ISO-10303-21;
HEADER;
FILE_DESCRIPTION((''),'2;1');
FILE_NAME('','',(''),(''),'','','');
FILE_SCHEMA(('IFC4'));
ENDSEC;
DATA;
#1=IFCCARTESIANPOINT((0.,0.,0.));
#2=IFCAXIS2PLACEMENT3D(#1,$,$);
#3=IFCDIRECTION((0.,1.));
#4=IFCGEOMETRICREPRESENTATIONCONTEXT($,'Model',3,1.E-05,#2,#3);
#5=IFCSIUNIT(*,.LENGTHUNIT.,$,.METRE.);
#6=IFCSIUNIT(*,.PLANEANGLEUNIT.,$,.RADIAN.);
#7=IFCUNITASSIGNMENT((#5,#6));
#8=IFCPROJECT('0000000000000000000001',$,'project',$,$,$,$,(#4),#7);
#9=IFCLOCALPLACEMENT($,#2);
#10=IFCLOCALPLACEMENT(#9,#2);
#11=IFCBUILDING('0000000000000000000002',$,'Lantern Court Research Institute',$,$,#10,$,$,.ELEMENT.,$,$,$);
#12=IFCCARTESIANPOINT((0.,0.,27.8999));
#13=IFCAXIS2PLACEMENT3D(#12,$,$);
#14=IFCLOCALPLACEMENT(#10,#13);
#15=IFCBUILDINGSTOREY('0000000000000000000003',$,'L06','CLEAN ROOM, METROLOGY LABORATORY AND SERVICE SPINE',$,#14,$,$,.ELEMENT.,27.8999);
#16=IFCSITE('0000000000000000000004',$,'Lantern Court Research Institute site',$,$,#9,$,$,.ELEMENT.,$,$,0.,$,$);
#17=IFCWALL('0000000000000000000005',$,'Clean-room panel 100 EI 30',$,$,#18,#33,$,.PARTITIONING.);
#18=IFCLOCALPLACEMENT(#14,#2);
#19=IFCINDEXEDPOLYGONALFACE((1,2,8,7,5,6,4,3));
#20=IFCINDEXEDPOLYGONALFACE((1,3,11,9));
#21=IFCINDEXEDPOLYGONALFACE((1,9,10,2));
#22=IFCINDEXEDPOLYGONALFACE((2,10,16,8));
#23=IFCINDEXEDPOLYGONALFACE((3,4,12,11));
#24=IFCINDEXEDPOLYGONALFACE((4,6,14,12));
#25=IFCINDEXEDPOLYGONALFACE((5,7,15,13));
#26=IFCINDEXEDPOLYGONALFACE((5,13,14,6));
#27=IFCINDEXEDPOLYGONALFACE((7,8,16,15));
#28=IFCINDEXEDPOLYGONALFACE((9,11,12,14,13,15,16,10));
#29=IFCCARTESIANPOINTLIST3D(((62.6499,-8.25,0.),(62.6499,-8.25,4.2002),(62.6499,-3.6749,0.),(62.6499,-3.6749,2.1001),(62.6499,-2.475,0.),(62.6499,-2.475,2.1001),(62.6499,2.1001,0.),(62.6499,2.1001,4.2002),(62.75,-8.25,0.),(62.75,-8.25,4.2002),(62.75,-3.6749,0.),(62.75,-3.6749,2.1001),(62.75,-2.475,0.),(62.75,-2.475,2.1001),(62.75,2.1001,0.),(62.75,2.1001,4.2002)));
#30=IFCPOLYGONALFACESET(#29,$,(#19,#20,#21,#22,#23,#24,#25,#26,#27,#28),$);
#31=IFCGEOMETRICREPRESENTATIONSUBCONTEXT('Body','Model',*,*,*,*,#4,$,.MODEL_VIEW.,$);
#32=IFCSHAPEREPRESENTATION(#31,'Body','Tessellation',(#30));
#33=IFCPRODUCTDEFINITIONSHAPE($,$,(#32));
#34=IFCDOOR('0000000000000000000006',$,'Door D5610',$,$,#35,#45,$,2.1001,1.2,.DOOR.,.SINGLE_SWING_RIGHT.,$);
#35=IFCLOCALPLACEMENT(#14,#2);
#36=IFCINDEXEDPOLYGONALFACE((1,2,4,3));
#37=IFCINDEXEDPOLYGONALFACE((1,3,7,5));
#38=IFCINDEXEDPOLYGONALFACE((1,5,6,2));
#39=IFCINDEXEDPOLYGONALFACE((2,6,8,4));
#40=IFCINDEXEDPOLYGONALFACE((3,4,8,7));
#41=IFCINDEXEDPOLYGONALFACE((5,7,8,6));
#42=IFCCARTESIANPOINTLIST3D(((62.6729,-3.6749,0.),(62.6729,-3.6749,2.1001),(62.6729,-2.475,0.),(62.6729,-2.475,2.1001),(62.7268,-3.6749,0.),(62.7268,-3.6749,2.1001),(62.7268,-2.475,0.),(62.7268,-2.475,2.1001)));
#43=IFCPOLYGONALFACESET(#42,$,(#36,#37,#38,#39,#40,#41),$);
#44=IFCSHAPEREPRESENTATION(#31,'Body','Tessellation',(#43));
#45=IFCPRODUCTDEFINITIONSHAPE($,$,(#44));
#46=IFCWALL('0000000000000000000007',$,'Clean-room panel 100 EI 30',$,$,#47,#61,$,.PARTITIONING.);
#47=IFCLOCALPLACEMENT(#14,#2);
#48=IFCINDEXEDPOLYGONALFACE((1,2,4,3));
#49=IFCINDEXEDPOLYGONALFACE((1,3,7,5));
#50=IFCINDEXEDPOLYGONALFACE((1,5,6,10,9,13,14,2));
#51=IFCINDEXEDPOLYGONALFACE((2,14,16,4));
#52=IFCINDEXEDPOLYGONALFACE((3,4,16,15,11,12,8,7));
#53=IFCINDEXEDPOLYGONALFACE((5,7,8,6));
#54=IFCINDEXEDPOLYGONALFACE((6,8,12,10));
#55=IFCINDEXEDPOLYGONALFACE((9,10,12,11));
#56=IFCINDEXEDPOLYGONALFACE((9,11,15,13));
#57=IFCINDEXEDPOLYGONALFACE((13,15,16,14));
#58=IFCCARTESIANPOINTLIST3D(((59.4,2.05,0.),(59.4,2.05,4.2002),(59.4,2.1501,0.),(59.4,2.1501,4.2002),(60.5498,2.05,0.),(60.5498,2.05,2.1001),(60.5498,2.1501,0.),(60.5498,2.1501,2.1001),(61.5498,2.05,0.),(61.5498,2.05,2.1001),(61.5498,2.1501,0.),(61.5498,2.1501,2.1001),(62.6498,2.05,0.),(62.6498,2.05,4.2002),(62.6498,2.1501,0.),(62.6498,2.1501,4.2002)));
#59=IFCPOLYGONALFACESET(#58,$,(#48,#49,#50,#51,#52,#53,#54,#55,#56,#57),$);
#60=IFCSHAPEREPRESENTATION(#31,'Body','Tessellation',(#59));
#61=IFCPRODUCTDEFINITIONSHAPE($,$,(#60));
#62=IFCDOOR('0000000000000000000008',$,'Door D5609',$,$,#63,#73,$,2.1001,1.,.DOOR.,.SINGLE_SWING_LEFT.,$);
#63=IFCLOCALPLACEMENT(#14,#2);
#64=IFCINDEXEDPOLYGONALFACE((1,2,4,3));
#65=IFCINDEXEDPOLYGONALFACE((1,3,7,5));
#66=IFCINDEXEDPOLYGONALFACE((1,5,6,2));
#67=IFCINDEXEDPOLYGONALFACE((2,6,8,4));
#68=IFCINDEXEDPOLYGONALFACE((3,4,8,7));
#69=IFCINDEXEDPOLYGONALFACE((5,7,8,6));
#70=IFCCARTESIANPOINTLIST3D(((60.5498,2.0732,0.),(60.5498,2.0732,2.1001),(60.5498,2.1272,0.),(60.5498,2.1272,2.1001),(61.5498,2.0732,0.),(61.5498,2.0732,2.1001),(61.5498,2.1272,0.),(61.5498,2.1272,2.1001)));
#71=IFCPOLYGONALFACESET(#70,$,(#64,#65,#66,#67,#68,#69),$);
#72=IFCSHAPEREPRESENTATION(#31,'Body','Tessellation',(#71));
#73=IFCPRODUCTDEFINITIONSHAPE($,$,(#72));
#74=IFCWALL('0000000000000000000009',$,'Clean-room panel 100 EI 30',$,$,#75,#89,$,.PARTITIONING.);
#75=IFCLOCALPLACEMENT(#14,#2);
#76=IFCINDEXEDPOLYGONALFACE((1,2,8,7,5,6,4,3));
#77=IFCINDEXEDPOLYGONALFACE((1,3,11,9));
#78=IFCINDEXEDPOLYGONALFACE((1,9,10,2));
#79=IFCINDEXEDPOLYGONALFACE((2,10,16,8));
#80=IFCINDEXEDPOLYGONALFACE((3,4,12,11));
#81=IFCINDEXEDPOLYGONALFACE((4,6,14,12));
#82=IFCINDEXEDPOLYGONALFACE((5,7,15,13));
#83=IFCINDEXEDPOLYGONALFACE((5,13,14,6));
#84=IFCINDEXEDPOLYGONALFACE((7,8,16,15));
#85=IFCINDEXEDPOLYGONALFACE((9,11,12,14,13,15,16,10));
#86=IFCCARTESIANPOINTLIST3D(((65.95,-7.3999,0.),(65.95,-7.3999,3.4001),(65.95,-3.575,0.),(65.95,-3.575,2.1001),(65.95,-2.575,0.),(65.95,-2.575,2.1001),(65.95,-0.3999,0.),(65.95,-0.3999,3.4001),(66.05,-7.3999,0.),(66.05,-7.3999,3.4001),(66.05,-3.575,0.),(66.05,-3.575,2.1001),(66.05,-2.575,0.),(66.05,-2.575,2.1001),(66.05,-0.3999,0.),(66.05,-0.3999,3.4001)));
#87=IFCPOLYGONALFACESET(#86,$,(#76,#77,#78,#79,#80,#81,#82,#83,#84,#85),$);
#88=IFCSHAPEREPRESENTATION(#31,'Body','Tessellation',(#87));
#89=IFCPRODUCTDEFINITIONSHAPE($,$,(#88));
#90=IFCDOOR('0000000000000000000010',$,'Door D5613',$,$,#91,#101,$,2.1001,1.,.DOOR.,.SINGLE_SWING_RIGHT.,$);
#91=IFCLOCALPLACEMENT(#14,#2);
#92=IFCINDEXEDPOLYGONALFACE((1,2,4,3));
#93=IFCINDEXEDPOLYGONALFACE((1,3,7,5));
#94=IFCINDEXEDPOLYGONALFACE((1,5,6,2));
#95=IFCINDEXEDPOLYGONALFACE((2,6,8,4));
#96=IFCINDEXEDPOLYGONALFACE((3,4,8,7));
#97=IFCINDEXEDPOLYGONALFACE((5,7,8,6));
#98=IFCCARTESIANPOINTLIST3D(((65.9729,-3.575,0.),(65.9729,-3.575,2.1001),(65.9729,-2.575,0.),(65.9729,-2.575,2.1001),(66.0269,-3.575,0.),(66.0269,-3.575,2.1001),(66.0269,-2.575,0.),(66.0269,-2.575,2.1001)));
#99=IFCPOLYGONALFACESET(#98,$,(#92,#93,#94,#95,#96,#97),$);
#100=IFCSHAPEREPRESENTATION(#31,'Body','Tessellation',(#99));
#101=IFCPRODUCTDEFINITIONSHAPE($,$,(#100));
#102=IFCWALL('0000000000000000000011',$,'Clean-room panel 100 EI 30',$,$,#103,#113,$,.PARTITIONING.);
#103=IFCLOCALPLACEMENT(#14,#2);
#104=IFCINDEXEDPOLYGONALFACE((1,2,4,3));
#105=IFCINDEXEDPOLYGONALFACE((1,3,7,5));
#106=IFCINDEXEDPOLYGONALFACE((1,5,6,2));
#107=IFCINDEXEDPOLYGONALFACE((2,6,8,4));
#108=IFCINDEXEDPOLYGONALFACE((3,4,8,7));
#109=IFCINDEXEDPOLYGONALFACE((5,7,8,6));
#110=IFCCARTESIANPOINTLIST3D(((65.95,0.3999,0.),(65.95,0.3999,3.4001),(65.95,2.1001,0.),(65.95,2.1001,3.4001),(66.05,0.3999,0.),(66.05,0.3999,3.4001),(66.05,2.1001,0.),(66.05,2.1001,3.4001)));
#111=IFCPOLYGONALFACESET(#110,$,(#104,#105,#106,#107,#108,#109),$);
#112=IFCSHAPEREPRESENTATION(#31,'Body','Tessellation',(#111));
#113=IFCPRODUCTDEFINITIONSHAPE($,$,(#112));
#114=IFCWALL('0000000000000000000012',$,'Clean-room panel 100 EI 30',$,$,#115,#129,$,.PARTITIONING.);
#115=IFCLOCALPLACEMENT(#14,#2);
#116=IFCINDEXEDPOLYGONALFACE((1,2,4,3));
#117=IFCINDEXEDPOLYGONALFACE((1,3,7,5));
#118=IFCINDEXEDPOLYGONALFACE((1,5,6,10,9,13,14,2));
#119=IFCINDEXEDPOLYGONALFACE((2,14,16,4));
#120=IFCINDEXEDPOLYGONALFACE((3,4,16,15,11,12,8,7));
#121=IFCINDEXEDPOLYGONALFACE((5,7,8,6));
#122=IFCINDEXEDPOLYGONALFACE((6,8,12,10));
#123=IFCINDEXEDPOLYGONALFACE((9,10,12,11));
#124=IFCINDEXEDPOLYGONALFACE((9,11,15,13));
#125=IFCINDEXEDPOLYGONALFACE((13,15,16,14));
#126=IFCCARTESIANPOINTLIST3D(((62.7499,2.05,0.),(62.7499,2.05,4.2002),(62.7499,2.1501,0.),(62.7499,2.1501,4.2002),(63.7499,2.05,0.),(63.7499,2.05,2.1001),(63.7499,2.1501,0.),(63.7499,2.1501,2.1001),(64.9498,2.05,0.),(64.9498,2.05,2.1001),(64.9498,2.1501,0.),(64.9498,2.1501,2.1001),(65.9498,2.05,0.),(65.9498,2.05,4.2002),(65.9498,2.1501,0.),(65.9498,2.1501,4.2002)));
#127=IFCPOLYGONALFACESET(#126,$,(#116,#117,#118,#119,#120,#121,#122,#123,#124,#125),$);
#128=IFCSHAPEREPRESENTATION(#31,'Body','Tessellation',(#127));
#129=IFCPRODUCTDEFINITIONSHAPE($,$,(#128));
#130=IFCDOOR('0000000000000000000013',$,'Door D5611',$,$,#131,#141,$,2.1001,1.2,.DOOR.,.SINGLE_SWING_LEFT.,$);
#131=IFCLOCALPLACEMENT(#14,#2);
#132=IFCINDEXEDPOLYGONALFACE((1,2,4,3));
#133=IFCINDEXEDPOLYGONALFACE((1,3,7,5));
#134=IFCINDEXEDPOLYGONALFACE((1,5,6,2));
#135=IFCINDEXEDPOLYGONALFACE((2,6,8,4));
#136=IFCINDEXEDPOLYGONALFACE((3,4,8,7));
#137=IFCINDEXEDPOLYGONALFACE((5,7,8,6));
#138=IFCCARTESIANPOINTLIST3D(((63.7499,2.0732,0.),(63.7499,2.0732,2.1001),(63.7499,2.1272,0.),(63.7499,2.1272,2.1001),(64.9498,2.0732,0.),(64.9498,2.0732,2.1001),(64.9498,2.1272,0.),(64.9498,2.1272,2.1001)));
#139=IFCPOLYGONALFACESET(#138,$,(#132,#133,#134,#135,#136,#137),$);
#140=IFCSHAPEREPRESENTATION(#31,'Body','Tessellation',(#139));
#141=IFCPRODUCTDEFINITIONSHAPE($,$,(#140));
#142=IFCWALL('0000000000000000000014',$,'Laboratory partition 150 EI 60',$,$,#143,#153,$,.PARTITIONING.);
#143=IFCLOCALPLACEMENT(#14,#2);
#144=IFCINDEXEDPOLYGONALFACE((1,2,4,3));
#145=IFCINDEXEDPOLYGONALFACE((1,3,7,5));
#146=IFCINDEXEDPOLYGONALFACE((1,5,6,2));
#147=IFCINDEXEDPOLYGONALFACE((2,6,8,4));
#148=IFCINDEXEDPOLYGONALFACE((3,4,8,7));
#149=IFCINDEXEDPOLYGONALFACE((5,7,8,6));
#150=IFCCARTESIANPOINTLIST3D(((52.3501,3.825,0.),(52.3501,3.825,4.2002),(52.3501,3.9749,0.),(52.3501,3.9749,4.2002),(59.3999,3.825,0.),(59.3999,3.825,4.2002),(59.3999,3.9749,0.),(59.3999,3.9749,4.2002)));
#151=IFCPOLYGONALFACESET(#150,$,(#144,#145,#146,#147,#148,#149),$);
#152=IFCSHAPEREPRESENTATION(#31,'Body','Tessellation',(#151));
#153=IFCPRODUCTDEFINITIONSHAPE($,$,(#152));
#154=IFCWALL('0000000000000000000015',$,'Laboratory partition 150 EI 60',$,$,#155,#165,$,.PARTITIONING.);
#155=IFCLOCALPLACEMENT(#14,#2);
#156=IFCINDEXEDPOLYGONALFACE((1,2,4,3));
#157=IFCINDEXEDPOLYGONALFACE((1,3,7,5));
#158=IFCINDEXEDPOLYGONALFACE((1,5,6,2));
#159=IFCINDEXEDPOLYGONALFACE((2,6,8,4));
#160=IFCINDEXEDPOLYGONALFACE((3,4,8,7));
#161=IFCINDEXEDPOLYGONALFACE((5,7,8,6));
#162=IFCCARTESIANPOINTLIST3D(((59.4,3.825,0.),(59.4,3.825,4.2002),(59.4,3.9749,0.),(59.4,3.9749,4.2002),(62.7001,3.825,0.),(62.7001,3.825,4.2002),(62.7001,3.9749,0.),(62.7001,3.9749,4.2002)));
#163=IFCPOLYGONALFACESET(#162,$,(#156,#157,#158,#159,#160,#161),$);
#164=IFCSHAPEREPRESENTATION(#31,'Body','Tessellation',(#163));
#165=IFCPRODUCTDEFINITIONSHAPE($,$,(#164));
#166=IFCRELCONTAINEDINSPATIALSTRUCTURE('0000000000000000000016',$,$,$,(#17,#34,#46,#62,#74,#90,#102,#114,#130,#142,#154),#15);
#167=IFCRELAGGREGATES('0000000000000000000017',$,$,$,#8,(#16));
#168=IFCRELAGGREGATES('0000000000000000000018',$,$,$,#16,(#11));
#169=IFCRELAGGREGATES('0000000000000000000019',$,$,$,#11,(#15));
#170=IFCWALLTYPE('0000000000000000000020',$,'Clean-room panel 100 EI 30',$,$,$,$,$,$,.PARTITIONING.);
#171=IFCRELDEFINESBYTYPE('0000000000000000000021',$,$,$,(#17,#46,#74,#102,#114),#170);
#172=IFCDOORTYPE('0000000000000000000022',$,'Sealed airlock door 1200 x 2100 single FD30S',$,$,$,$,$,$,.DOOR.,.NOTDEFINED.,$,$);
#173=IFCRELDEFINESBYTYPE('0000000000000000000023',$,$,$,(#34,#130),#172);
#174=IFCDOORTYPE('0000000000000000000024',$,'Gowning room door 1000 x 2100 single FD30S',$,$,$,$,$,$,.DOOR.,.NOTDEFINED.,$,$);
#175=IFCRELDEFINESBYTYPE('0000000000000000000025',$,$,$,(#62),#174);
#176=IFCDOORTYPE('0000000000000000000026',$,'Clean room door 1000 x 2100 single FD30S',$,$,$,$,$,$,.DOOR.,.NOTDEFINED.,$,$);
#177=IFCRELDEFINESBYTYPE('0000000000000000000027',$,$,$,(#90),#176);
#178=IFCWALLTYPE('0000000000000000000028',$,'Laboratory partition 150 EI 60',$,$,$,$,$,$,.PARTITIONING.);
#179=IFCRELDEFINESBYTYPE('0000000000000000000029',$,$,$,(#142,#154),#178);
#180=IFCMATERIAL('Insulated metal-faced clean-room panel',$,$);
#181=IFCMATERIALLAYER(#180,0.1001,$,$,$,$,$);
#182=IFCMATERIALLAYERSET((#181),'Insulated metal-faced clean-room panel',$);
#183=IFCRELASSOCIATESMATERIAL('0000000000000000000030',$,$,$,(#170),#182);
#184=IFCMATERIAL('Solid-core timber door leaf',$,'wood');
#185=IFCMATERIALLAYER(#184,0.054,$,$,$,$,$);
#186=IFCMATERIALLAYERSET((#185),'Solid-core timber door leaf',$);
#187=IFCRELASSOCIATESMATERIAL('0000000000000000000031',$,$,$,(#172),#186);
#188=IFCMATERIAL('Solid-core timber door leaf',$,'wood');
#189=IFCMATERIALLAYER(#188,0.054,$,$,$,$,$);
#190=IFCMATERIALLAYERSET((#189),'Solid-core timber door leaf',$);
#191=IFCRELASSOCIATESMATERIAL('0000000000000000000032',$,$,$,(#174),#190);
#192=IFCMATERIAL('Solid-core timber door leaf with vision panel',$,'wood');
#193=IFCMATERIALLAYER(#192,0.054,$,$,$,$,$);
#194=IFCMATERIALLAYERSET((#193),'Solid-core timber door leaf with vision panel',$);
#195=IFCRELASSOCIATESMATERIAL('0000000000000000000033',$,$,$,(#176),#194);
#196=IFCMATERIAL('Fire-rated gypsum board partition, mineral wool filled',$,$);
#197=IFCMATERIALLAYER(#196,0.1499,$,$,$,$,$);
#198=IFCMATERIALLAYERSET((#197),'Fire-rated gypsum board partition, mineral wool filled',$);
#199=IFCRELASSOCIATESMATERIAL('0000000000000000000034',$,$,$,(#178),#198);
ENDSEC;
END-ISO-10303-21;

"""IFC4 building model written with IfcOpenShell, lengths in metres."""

from ifc_helpers import new_model, si_unit, direction, frame, frame_2d, origin, place, context, subcontext, project, spatial, rectangle, extrude, material, layer, layer_set, type_object, element, fill, save


model = new_model("IFC4")

# Units and contexts
model_context = context("Model", 3, precision=1e-05, world=origin(), true_north=direction((0.0, 1.0)))
body_context = subcontext(model_context, "Body", "Model", "MODEL_VIEW")
ifc_project = project(units=[si_unit("LENGTHUNIT", "METRE"), si_unit("PLANEANGLEUNIT", "RADIAN")], contexts=[model_context])

# Site, building, storey
site_placement = place(None, origin())
site = spatial("IfcSite", under=ifc_project, at=site_placement, Name="Lantern Court Research Institute site", CompositionType="ELEMENT", RefElevation=0.0)
building_placement = place(site_placement, origin())
building = spatial("IfcBuilding", under=site, at=building_placement, Name="Lantern Court Research Institute", CompositionType="ELEMENT")
storey_placement = place(building_placement, frame((0.0, 0.0, 27.8999)))
storey = spatial("IfcBuildingStorey", under=building, at=storey_placement, Name="L06", Description="CLEAN ROOM, METROLOGY LABORATORY AND SERVICE SPINE", CompositionType="ELEMENT", Elevation=27.8999)

# Walls, openings, doors
ifc_material_1 = material(Name="Insulated metal-faced clean-room panel")
ifc_layer_1 = layer(ifc_material_1, 0.1001)
ifc_layer_set_1 = layer_set([ifc_layer_1], Name="Insulated metal-faced clean-room panel")
wall_type_1 = type_object("IfcWallType", Name="Clean-room panel 100 EI 30", PredefinedType="PARTITIONING", material=ifc_layer_set_1)
wall_1_placement = place(storey_placement, frame((62.7, 2.1001, 0.0), z_axis=(0.0, 0.0, 1.0), x_axis=(0.0, -1.0, 0.0)))
wall_1 = element("IfcWall", 1, at=wall_1_placement, inside=storey, type_object=wall_type_1, Name="Clean-room panel 100 EI 30", PredefinedType="PARTITIONING", context=body_context, shape_type="SweptSolid", body=[
    extrude(rectangle(XDim=10.3501, YDim=0.1001, at=frame_2d((5.175, 0.0))), origin(), (0.0, 0.0, 1.0), 4.2002),
])
opening_1_placement = place(wall_1_placement, frame((4.575, 0.0, 0.0)))
opening_1 = element("IfcOpeningElement", 2, at=opening_1_placement, cuts=wall_1, PredefinedType="OPENING", context=body_context, shape_type="SweptSolid", body=[
    extrude(rectangle(XDim=1.2, YDim=2.1001, at=frame_2d((0.6001, 1.05))), frame((0.0, 0.0601, 0.0), z_axis=(0.0, -1.0, 0.0), x_axis=(1.0, 0.0, 0.0)), (0.0, 0.0, 1.0), 0.1201),
])
ifc_material_2 = material(Name="Solid-core timber door leaf", Category="wood")
ifc_layer_2 = layer(ifc_material_2, 0.054)
ifc_layer_set_2 = layer_set([ifc_layer_2], Name="Solid-core timber door leaf")
door_type_1 = type_object("IfcDoorType", Name="Sealed airlock door 1200 x 2100 single FD30S", OperationType="NOTDEFINED", PredefinedType="DOOR", material=ifc_layer_set_2)
door_1_placement = place(opening_1_placement, origin())
door_1 = element("IfcDoor", 3, at=door_1_placement, inside=storey, type_object=door_type_1, Name="Door D5610", OperationType="SINGLE_SWING_RIGHT", OverallHeight=2.1001, OverallWidth=1.2, PredefinedType="DOOR", context=body_context, shape_type="SweptSolid", body=[
    extrude(rectangle(XDim=1.2, YDim=2.1001, at=frame_2d((0.6001, 1.05))), frame((0.0, 0.0269, 0.0), z_axis=(0.0, -1.0, 0.0), x_axis=(1.0, 0.0, 0.0)), (0.0, 0.0, 1.0), 0.054),
])
fill(opening_1, door_1)
wall_2_placement = place(storey_placement, frame((62.6499, 2.1001, 0.0), z_axis=(0.0, 0.0, 1.0), x_axis=(-1.0, 0.0, 0.0)))
wall_2 = element("IfcWall", 4, at=wall_2_placement, inside=storey, type_object=wall_type_1, Name="Clean-room panel 100 EI 30", PredefinedType="PARTITIONING", context=body_context, shape_type="SweptSolid", body=[
    extrude(rectangle(XDim=3.2498, YDim=0.1001, at=frame_2d((1.625, 0.0))), origin(), (0.0, 0.0, 1.0), 4.2002),
])
opening_2_placement = place(wall_2_placement, frame((1.1001, 0.0, 0.0)))
opening_2 = element("IfcOpeningElement", 5, at=opening_2_placement, cuts=wall_2, PredefinedType="OPENING", context=body_context, shape_type="SweptSolid", body=[
    extrude(rectangle(XDim=1.0, YDim=2.1001, at=frame_2d((0.5, 1.05))), frame((0.0, 0.0601, 0.0), z_axis=(0.0, -1.0, 0.0), x_axis=(1.0, 0.0, 0.0)), (0.0, 0.0, 1.0), 0.1201),
])
ifc_material_3 = material(Name="Solid-core timber door leaf", Category="wood")
ifc_layer_3 = layer(ifc_material_3, 0.054)
ifc_layer_set_3 = layer_set([ifc_layer_3], Name="Solid-core timber door leaf")
door_type_2 = type_object("IfcDoorType", Name="Gowning room door 1000 x 2100 single FD30S", OperationType="NOTDEFINED", PredefinedType="DOOR", material=ifc_layer_set_3)
door_2_placement = place(opening_2_placement, origin())
door_2 = element("IfcDoor", 6, at=door_2_placement, inside=storey, type_object=door_type_2, Name="Door D5609", OperationType="SINGLE_SWING_LEFT", OverallHeight=2.1001, OverallWidth=1.0, PredefinedType="DOOR", context=body_context, shape_type="SweptSolid", body=[
    extrude(rectangle(XDim=1.0, YDim=2.1001, at=frame_2d((0.5, 1.05))), frame((0.0, 0.0269, 0.0), z_axis=(0.0, -1.0, 0.0), x_axis=(1.0, 0.0, 0.0)), (0.0, 0.0, 1.0), 0.054),
])
fill(opening_2, door_2)
wall_3_placement = place(storey_placement, frame((66.0, -0.3999, 0.0), z_axis=(0.0, 0.0, 1.0), x_axis=(0.0, -1.0, 0.0)))
wall_3 = element("IfcWall", 7, at=wall_3_placement, inside=storey, type_object=wall_type_1, Name="Clean-room panel 100 EI 30", PredefinedType="PARTITIONING", context=body_context, shape_type="SweptSolid", body=[
    extrude(rectangle(XDim=7.0, YDim=0.1001, at=frame_2d((3.5, 0.0))), origin(), (0.0, 0.0, 1.0), 3.4001),
])
opening_3_placement = place(wall_3_placement, frame((2.175, 0.0, 0.0)))
opening_3 = element("IfcOpeningElement", 8, at=opening_3_placement, cuts=wall_3, PredefinedType="OPENING", context=body_context, shape_type="SweptSolid", body=[
    extrude(rectangle(XDim=1.0, YDim=2.1001, at=frame_2d((0.5, 1.05))), frame((0.0, 0.0601, 0.0), z_axis=(0.0, -1.0, 0.0), x_axis=(1.0, 0.0, 0.0)), (0.0, 0.0, 1.0), 0.1201),
])
ifc_material_4 = material(Name="Solid-core timber door leaf with vision panel", Category="wood")
ifc_layer_4 = layer(ifc_material_4, 0.054)
ifc_layer_set_4 = layer_set([ifc_layer_4], Name="Solid-core timber door leaf with vision panel")
door_type_3 = type_object("IfcDoorType", Name="Clean room door 1000 x 2100 single FD30S", OperationType="NOTDEFINED", PredefinedType="DOOR", material=ifc_layer_set_4)
door_3_placement = place(opening_3_placement, origin())
door_3 = element("IfcDoor", 9, at=door_3_placement, inside=storey, type_object=door_type_3, Name="Door D5613", OperationType="SINGLE_SWING_RIGHT", OverallHeight=2.1001, OverallWidth=1.0, PredefinedType="DOOR", context=body_context, shape_type="SweptSolid", body=[
    extrude(rectangle(XDim=1.0, YDim=2.1001, at=frame_2d((0.5, 1.05))), frame((0.0, 0.0269, 0.0), z_axis=(0.0, -1.0, 0.0), x_axis=(1.0, 0.0, 0.0)), (0.0, 0.0, 1.0), 0.054),
])
fill(opening_3, door_3)

# Wall
wall_4_placement = place(storey_placement, frame((66.0, 0.3999, 0.0), z_axis=(0.0, 0.0, 1.0), x_axis=(0.0, 1.0, 0.0)))
element("IfcWall", 10, at=wall_4_placement, inside=storey, type_object=wall_type_1, Name="Clean-room panel 100 EI 30", PredefinedType="PARTITIONING", context=body_context, shape_type="SweptSolid", body=[
    extrude(rectangle(XDim=1.7002, YDim=0.1001, at=frame_2d((0.8501, 0.0))), origin(), (0.0, 0.0, 1.0), 3.4001),
])

# Wall, opening, door
wall_5_placement = place(storey_placement, frame((65.95, 2.1001, 0.0), z_axis=(0.0, 0.0, 1.0), x_axis=(-1.0, 0.0, 0.0)))
wall_5 = element("IfcWall", 11, at=wall_5_placement, inside=storey, type_object=wall_type_1, Name="Clean-room panel 100 EI 30", PredefinedType="PARTITIONING", context=body_context, shape_type="SweptSolid", body=[
    extrude(rectangle(XDim=3.2, YDim=0.1001, at=frame_2d((1.6001, 0.0))), origin(), (0.0, 0.0, 1.0), 4.2002),
])
opening_4_placement = place(wall_5_placement, frame((1.0, 0.0, 0.0)))
opening_4 = element("IfcOpeningElement", 12, at=opening_4_placement, cuts=wall_5, PredefinedType="OPENING", context=body_context, shape_type="SweptSolid", body=[
    extrude(rectangle(XDim=1.2, YDim=2.1001, at=frame_2d((0.6001, 1.05))), frame((0.0, 0.0601, 0.0), z_axis=(0.0, -1.0, 0.0), x_axis=(1.0, 0.0, 0.0)), (0.0, 0.0, 1.0), 0.1201),
])
door_4_placement = place(opening_4_placement, origin())
door_4 = element("IfcDoor", 13, at=door_4_placement, inside=storey, type_object=door_type_1, Name="Door D5611", OperationType="SINGLE_SWING_LEFT", OverallHeight=2.1001, OverallWidth=1.2, PredefinedType="DOOR", context=body_context, shape_type="SweptSolid", body=[
    extrude(rectangle(XDim=1.2, YDim=2.1001, at=frame_2d((0.6001, 1.05))), frame((0.0, 0.0269, 0.0), z_axis=(0.0, -1.0, 0.0), x_axis=(1.0, 0.0, 0.0)), (0.0, 0.0, 1.0), 0.054),
])
fill(opening_4, door_4)

# Walls
ifc_material_5 = material(Name="Fire-rated gypsum board partition, mineral wool filled")
ifc_layer_5 = layer(ifc_material_5, 0.1499)
ifc_layer_set_5 = layer_set([ifc_layer_5], Name="Fire-rated gypsum board partition, mineral wool filled")
wall_type_2 = type_object("IfcWallType", Name="Laboratory partition 150 EI 60", PredefinedType="PARTITIONING", material=ifc_layer_set_5)
wall_6_placement = place(storey_placement, frame((59.3999, 3.8999, 0.0), z_axis=(0.0, 0.0, 1.0), x_axis=(-1.0, 0.0, 0.0)))
element("IfcWall", 14, at=wall_6_placement, inside=storey, type_object=wall_type_2, Name="Laboratory partition 150 EI 60", PredefinedType="PARTITIONING", context=body_context, shape_type="SweptSolid", body=[
    extrude(rectangle(XDim=7.0498, YDim=0.1499, at=frame_2d((3.5249, 0.0))), origin(), (0.0, 0.0, 1.0), 4.2002),
])
wall_7_placement = place(storey_placement, frame((62.7, 3.8999, 0.0), z_axis=(0.0, 0.0, 1.0), x_axis=(-1.0, 0.0, 0.0)))
element("IfcWall", 15, at=wall_7_placement, inside=storey, type_object=wall_type_2, Name="Laboratory partition 150 EI 60", PredefinedType="PARTITIONING", context=body_context, shape_type="SweptSolid", body=[
    extrude(rectangle(XDim=3.3, YDim=0.1499, at=frame_2d((1.6499, 0.0))), origin(), (0.0, 0.0, 1.0), 4.2002),
])

save(model, "model.ifc")
